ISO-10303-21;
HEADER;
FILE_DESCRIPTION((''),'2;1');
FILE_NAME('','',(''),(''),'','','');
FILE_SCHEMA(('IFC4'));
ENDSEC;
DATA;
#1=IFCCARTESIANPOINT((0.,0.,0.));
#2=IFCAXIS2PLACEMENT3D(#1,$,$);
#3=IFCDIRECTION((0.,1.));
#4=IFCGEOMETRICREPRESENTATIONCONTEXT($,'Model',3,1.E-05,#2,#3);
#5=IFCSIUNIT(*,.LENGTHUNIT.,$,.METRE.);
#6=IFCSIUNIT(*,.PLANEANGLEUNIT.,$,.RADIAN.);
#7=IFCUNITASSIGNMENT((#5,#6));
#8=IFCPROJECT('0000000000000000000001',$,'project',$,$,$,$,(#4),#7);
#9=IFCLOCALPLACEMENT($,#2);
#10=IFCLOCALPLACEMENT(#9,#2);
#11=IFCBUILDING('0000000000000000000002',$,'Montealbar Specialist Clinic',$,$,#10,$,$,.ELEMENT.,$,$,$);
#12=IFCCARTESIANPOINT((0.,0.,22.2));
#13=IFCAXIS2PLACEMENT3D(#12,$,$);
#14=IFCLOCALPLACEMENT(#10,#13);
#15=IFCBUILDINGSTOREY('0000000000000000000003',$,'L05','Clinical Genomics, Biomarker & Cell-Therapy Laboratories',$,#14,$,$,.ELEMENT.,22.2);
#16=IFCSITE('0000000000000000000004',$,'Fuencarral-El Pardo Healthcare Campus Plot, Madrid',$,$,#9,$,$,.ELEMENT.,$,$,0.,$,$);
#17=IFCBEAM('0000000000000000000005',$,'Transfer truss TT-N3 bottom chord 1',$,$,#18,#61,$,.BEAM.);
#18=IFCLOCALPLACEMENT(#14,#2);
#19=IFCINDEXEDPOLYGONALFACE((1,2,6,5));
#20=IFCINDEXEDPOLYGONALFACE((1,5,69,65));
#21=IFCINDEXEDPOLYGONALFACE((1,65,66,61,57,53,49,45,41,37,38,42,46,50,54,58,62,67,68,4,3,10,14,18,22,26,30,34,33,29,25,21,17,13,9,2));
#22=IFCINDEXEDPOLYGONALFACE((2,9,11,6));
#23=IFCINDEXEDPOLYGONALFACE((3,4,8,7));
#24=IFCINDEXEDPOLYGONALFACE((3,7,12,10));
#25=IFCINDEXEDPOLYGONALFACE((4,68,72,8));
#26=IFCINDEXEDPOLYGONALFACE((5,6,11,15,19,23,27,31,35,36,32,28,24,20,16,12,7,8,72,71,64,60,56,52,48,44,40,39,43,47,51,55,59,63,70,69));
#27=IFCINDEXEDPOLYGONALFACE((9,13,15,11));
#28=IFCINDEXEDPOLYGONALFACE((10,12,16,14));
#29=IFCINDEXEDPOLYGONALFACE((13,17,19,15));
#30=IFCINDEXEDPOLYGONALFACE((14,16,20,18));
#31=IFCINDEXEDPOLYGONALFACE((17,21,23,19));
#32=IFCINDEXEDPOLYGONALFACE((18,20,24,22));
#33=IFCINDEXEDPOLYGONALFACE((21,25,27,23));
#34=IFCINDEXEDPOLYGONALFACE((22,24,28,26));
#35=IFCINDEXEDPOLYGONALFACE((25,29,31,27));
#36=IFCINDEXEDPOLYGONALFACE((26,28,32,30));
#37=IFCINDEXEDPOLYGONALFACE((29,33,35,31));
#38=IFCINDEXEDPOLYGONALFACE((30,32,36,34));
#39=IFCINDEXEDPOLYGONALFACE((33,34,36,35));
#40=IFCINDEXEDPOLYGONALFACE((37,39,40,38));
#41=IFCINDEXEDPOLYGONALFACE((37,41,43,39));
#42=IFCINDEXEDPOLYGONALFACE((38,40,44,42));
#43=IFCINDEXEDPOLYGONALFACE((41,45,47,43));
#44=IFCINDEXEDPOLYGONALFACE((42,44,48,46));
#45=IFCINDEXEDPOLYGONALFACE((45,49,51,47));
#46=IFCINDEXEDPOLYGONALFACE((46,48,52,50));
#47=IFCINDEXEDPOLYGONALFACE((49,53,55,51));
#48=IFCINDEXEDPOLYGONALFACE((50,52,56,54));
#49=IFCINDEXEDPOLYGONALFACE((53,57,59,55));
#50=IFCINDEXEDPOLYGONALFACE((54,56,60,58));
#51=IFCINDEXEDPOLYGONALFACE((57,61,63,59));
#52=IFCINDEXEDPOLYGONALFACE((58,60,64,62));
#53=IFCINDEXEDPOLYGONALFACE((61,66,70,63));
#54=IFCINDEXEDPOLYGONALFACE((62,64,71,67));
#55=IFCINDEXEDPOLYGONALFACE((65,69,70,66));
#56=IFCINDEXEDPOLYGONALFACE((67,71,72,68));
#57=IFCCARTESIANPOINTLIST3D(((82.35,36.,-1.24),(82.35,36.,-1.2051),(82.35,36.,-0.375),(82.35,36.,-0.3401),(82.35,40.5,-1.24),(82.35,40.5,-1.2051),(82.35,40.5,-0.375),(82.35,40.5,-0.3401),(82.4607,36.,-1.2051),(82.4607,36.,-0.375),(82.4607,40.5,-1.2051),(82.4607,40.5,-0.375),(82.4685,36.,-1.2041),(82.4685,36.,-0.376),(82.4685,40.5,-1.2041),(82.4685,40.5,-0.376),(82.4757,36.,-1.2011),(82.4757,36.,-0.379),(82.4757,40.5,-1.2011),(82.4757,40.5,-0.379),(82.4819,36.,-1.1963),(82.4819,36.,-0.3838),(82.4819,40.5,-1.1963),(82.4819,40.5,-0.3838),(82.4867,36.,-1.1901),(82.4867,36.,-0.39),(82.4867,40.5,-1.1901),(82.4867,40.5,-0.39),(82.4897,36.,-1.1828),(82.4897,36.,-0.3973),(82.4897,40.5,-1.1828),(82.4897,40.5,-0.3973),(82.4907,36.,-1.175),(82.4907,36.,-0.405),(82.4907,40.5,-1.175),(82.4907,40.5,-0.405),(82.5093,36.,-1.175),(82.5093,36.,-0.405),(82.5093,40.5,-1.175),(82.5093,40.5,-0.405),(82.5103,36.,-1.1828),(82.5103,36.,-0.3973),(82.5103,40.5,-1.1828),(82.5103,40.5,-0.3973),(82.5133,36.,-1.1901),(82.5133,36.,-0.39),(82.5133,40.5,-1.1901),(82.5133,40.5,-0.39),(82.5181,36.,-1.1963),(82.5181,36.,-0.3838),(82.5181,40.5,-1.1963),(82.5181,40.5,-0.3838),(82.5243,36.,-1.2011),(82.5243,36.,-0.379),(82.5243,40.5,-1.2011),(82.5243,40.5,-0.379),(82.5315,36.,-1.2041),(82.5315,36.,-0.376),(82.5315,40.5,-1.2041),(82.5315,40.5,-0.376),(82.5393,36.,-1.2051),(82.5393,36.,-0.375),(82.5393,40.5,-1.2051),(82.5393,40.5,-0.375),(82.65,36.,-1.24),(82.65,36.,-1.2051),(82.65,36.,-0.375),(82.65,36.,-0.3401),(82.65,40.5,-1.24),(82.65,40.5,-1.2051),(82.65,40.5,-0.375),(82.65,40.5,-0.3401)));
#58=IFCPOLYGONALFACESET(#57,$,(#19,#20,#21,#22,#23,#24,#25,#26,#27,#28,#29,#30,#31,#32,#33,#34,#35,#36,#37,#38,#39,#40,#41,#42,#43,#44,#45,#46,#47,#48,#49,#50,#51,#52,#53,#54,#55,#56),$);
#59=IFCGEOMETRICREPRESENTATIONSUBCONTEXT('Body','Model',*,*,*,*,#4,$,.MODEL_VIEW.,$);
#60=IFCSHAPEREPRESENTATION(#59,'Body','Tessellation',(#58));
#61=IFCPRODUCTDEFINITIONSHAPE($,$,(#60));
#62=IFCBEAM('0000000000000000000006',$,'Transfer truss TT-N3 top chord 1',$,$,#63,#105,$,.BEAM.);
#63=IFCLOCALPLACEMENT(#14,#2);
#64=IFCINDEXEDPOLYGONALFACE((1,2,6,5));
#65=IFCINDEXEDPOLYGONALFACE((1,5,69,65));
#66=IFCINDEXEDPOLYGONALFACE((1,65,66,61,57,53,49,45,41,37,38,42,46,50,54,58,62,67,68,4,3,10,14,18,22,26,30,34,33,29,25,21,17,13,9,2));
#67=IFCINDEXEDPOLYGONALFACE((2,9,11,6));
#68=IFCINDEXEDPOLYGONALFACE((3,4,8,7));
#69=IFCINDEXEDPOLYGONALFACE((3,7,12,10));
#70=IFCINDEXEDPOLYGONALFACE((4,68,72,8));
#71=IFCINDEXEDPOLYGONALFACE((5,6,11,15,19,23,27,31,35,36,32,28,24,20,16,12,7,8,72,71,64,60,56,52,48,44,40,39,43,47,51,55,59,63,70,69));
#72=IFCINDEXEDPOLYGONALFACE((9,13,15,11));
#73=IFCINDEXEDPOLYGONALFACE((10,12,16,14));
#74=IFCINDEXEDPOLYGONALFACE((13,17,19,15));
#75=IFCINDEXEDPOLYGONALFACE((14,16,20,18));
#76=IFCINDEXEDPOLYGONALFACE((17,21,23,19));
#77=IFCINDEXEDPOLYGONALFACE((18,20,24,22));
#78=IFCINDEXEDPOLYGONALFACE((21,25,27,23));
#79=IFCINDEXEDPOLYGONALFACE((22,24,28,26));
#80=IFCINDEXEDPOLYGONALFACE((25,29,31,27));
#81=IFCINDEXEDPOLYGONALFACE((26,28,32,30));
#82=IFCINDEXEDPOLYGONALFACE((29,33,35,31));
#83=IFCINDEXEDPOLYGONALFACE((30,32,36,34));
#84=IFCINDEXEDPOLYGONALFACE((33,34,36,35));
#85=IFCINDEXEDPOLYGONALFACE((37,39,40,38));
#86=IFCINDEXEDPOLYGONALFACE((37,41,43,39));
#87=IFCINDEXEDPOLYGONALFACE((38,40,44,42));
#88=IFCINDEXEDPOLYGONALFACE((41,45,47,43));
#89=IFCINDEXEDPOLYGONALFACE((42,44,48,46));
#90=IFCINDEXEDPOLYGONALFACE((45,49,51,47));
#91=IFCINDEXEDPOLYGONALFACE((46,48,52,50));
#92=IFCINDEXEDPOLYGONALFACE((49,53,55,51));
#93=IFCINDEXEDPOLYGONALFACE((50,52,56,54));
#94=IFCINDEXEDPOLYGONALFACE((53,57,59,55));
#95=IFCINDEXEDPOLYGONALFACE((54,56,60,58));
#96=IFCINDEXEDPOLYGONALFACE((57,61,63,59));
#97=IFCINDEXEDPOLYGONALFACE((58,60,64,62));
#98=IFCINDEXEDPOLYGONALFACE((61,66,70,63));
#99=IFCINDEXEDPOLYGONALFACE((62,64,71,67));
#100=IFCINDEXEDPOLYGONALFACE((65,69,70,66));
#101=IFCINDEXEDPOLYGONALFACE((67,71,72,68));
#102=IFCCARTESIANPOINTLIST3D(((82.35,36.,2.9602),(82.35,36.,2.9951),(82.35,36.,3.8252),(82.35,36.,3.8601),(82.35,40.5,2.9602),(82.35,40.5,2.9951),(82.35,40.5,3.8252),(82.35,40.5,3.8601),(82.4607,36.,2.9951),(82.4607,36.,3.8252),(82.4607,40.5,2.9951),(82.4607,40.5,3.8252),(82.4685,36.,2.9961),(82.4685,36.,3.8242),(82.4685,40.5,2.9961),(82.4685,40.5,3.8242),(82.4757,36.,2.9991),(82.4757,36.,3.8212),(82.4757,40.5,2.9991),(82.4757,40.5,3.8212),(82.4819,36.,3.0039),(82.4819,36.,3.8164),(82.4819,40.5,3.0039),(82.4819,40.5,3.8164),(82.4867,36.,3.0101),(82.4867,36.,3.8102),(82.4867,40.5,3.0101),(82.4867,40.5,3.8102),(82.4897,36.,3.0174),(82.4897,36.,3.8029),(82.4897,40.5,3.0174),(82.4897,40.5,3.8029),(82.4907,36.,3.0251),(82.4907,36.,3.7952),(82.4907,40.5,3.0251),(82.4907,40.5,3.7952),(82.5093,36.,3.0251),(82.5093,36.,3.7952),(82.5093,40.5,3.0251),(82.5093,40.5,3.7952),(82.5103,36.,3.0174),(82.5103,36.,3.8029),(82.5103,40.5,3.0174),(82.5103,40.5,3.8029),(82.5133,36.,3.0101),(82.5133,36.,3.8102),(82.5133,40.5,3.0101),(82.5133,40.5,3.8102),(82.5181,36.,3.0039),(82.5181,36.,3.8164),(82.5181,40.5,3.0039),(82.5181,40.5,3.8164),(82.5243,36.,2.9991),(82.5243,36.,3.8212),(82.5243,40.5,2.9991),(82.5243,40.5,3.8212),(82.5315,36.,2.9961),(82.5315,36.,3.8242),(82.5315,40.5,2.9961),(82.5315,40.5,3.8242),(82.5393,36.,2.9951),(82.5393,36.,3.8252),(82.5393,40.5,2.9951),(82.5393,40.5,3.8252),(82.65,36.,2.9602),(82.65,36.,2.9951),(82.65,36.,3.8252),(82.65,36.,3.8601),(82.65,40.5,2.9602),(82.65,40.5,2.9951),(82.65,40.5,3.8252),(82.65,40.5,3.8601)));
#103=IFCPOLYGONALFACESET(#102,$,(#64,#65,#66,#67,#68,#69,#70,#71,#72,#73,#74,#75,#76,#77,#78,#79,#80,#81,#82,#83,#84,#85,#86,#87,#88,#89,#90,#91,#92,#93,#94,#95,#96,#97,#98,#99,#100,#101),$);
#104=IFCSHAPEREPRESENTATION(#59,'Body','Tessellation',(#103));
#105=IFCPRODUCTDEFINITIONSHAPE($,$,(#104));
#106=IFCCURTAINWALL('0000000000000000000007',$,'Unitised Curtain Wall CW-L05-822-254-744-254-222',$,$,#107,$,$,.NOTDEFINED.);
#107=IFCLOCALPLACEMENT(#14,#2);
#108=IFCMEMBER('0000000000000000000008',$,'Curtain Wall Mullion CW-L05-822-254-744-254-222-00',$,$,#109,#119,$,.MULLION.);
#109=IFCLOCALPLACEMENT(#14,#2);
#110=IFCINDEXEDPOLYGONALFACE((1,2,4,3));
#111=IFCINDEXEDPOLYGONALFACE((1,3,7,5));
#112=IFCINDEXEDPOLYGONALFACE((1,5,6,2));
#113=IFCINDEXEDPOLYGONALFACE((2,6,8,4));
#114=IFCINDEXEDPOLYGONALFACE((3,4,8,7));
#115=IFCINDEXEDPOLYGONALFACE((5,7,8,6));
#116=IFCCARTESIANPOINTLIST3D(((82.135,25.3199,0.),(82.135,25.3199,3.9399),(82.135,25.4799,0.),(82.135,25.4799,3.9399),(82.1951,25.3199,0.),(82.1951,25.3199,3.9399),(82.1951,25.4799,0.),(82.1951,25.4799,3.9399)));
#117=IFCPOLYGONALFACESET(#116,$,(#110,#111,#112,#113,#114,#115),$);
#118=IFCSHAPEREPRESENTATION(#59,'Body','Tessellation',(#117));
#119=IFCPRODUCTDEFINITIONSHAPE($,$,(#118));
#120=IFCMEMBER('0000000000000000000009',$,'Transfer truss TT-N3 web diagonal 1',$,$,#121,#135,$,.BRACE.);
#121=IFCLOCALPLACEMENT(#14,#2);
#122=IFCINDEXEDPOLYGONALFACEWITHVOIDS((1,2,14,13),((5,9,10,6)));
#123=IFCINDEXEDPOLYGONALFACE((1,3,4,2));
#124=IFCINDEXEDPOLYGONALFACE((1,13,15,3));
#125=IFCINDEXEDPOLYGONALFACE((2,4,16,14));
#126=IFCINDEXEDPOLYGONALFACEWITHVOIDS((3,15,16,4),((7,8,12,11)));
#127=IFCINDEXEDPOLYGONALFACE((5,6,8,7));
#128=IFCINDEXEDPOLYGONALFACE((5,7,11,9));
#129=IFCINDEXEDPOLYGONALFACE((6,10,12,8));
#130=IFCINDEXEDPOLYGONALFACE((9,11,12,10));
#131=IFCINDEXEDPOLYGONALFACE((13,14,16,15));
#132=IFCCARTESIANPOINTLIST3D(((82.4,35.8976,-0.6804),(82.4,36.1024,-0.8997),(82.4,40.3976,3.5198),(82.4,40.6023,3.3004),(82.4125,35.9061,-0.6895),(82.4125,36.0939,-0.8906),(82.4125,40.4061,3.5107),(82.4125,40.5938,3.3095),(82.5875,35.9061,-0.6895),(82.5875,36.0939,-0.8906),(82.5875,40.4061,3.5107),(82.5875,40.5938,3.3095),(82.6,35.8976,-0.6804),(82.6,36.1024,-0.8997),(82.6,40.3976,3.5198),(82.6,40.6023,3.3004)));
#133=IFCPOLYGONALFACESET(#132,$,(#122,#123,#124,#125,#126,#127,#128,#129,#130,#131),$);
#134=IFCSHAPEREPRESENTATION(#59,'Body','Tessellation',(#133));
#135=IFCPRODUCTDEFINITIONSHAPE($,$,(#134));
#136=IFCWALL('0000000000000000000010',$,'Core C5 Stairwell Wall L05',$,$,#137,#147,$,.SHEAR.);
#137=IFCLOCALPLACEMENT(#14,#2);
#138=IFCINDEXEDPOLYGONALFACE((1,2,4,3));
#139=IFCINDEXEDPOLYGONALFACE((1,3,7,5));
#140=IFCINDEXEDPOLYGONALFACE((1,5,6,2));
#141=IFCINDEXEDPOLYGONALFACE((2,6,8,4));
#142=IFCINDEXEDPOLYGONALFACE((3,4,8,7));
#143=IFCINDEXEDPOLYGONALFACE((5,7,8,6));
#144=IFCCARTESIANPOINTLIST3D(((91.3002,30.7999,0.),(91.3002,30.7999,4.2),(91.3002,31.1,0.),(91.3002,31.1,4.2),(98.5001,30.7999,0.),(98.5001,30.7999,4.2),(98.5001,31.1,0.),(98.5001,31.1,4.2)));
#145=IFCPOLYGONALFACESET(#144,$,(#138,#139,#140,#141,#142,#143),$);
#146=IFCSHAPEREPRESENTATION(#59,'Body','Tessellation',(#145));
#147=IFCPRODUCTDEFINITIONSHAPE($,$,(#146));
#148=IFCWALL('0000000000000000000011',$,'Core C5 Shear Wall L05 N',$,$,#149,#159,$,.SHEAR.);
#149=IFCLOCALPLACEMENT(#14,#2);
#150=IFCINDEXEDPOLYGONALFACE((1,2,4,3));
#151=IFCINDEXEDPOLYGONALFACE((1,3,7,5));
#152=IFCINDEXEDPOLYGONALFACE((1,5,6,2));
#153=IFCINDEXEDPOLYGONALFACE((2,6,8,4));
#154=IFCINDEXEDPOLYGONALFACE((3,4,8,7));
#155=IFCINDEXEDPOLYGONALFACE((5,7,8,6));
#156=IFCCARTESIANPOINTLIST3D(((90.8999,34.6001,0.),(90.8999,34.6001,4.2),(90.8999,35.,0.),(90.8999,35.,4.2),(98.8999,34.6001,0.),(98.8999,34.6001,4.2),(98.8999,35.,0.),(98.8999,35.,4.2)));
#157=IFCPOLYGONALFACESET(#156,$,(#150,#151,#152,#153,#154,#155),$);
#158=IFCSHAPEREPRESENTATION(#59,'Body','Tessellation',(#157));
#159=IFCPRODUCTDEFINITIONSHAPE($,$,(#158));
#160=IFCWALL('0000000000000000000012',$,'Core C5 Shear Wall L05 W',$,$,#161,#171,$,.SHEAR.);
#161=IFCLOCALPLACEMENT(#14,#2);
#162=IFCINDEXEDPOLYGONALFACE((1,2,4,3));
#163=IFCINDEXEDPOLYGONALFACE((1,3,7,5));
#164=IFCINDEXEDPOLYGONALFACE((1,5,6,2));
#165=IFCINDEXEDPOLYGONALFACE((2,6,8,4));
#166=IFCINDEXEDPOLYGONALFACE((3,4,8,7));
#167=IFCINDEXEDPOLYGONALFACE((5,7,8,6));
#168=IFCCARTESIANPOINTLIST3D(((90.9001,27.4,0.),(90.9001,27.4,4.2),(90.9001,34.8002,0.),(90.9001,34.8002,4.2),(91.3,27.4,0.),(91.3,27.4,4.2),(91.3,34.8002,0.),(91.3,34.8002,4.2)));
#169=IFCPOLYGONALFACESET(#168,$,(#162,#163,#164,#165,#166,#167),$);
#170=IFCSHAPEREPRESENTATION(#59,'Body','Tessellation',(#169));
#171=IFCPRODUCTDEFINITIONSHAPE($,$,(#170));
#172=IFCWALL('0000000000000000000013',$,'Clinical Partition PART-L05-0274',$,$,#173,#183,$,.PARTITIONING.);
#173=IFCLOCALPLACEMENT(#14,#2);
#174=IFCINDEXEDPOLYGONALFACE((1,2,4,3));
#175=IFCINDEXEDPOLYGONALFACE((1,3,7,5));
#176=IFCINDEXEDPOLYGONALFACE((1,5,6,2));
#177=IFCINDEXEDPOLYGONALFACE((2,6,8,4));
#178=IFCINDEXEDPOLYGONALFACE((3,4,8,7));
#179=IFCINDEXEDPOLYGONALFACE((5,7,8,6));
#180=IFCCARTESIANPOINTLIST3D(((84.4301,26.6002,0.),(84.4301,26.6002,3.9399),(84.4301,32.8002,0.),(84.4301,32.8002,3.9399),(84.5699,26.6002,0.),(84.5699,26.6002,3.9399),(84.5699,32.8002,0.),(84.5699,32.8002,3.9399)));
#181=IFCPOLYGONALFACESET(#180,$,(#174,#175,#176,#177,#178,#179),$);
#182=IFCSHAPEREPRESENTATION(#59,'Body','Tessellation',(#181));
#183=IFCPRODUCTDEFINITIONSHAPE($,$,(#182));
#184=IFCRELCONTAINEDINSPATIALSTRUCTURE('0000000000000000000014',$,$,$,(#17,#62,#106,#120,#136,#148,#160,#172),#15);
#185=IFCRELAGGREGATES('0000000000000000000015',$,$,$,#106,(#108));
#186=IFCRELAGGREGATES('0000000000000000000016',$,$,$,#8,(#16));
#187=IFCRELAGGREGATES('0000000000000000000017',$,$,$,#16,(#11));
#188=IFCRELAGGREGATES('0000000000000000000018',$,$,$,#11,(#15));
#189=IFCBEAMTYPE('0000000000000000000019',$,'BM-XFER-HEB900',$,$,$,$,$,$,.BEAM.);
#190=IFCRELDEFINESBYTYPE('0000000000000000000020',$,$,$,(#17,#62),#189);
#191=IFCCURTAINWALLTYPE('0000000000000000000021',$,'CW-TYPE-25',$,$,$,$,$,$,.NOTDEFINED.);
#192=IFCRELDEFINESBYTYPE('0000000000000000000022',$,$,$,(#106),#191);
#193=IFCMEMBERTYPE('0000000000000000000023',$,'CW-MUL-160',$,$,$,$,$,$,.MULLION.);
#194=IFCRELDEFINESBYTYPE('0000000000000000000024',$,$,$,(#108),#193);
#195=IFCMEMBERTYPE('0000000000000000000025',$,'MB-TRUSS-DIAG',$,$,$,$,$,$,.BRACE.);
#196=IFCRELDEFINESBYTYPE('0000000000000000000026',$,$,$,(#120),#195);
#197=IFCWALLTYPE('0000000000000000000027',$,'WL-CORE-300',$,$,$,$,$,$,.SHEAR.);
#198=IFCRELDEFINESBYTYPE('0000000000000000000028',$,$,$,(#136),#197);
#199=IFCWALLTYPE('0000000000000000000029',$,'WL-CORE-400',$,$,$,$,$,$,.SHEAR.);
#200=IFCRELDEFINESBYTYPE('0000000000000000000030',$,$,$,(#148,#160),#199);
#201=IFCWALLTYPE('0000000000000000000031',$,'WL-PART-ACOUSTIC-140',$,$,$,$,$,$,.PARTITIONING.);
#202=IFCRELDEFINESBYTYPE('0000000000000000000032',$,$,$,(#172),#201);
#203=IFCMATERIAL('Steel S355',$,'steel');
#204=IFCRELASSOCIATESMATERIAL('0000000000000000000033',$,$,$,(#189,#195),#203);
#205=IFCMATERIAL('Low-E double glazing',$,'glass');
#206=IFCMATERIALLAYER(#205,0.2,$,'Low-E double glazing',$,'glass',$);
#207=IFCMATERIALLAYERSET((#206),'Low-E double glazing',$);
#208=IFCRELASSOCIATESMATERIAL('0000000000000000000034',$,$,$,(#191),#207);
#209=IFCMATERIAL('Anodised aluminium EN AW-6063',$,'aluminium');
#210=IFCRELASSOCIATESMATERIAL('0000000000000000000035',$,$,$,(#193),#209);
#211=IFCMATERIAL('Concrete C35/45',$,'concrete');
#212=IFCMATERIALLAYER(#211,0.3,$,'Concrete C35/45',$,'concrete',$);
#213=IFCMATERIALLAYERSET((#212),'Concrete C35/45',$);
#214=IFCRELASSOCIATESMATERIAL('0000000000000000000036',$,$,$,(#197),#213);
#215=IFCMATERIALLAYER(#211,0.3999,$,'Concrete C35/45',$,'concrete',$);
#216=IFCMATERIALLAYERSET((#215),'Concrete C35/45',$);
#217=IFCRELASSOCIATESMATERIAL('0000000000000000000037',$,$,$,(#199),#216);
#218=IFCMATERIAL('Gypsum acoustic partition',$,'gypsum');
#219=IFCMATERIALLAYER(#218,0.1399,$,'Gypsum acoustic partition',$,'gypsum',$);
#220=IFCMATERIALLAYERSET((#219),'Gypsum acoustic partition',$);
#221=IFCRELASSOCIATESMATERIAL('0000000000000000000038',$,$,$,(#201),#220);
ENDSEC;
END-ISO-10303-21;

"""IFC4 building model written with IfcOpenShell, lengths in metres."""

from ifc_helpers import new_model, si_unit, direction, frame, frame_2d, origin, origin_2d, place, context, subcontext, project, spatial, rectangle, hollow_rectangle, i_section, extrude, material, layer, layer_set, material_profile, profile_set, type_object, element, aggregate, save


model = new_model("IFC4")

# Units and contexts
model_context = context("Model", 3, precision=1e-05, world=origin(), true_north=direction((0.0, 1.0)))
body_context = subcontext(model_context, "Body", "Model", "MODEL_VIEW")
ifc_project = project(units=[si_unit("LENGTHUNIT", "METRE"), si_unit("PLANEANGLEUNIT", "RADIAN")], contexts=[model_context])

# Site, building, storey
site_placement = place(None, origin())
site = spatial("IfcSite", under=ifc_project, at=site_placement, Name="Fuencarral-El Pardo Healthcare Campus Plot, Madrid", CompositionType="ELEMENT", RefElevation=0.0)
building_placement = place(site_placement, origin())
building = spatial("IfcBuilding", under=site, at=building_placement, Name="Montealbar Specialist Clinic", CompositionType="ELEMENT")
storey_placement = place(building_placement, frame((0.0, 0.0, 22.2)))
storey = spatial("IfcBuildingStorey", under=building, at=storey_placement, Name="L05", Description="Clinical Genomics, Biomarker & Cell-Therapy Laboratories", CompositionType="ELEMENT", Elevation=22.2)

# Shared definitions
ifc_material_1 = material(Name="Steel S355", Category="steel")

# Beams
ifc_material_profile_1 = material_profile(ifc_material_1, i_section(OverallWidth=0.3, OverallDepth=0.8999, WebThickness=0.0186, FlangeThickness=0.0349, FilletRadius=0.03, at=origin_2d()), Name="HEB 900", Category="steel")
ifc_profile_set_1 = profile_set([ifc_material_profile_1], Name="Steel S355")
beam_type_1 = type_object("IfcBeamType", Name="BM-XFER-HEB900", PredefinedType="BEAM", material=ifc_profile_set_1)
for number, where, z_axis, x_axis, name in (
    (1, (82.5, 36.0, -0.79), (0.0, 1.0, 0.0), (-1.0, 0.0, 0.0), "Transfer truss TT-N3 bottom chord 1"),
    (2, (82.5, 36.0, 3.4102), (0.0, 1.0, 0.0), (-1.0, 0.0, 0.0), "Transfer truss TT-N3 top chord 1"),
):
    element("IfcBeam", number, at=place(storey_placement, frame(where, z_axis=z_axis, x_axis=x_axis)), inside=storey, type_object=beam_type_1, Name=name, PredefinedType="BEAM", context=body_context, shape_type="SweptSolid", body=[
        extrude(i_section(OverallWidth=0.3, OverallDepth=0.8999, WebThickness=0.0186, FlangeThickness=0.0349, FilletRadius=0.03, at=origin_2d()), origin(), (0.0, 0.0, 1.0), 4.5),
    ])

# Curtain wall, member
ifc_material_2 = material(Name="Low-E double glazing", Category="glass")
ifc_layer_1 = layer(ifc_material_2, 0.2, Name="Low-E double glazing", Category="glass")
ifc_layer_set_1 = layer_set([ifc_layer_1], Name="Low-E double glazing")
curtain_wall_type = type_object("IfcCurtainWallType", Name="CW-TYPE-25", PredefinedType="NOTDEFINED", material=ifc_layer_set_1)
curtain_wall_placement = place(storey_placement, origin())
curtain_wall = element("IfcCurtainWall", 3, at=curtain_wall_placement, inside=storey, type_object=curtain_wall_type, Name="Unitised Curtain Wall CW-L05-822-254-744-254-222", PredefinedType="NOTDEFINED")
ifc_material_3 = material(Name="Anodised aluminium EN AW-6063", Category="aluminium")
ifc_material_profile_2 = material_profile(ifc_material_3, rectangle(XDim=0.0601, YDim=0.1599, at=origin_2d()), Name="ALU 60x160", Category="aluminium")
ifc_profile_set_2 = profile_set([ifc_material_profile_2], Name="Anodised aluminium EN AW-6063")
member_type_1 = type_object("IfcMemberType", Name="CW-MUL-160", PredefinedType="MULLION", material=ifc_profile_set_2)
member_1_placement = place(storey_placement, frame((82.165, 25.3999, 0.0), z_axis=(0.0, 0.0, 1.0), x_axis=(-1.0, 0.0, 0.0)))
member_1 = element("IfcMember", 4, at=member_1_placement, type_object=member_type_1, Name="Curtain Wall Mullion CW-L05-822-254-744-254-222-00", PredefinedType="MULLION", context=body_context, shape_type="SweptSolid", body=[
    extrude(rectangle(XDim=0.0601, YDim=0.1599, at=origin_2d()), origin(), (0.0, 0.0, 1.0), 3.9399),
])
aggregate(curtain_wall, [member_1])

# Member
ifc_material_profile_3 = material_profile(ifc_material_1, hollow_rectangle(XDim=0.2, YDim=0.3, WallThickness=0.0125, at=origin_2d()), Name="RHS 300x200x12.5", Category="steel")
ifc_profile_set_3 = profile_set([ifc_material_profile_3], Name="Steel S355")
member_type_2 = type_object("IfcMemberType", Name="MB-TRUSS-DIAG", PredefinedType="BRACE", material=ifc_profile_set_3)
member_2_placement = place(storey_placement, frame((82.5, 36.0, -0.79), z_axis=(0.0, 0.731039, 0.682335), x_axis=(-1.0, 0.0, 0.0)))
element("IfcMember", 5, at=member_2_placement, inside=storey, type_object=member_type_2, Name="Transfer truss TT-N3 web diagonal 1", PredefinedType="BRACE", context=body_context, shape_type="SweptSolid", body=[
    extrude(hollow_rectangle(XDim=0.2, YDim=0.3, WallThickness=0.0125, at=origin_2d()), origin(), (0.0, 0.0, 1.0), 6.1555),
])

# Wall
ifc_material_4 = material(Name="Concrete C35/45", Category="concrete")
ifc_layer_2 = layer(ifc_material_4, 0.3, Name="Concrete C35/45", Category="concrete")
ifc_layer_set_2 = layer_set([ifc_layer_2], Name="Concrete C35/45")
wall_type_1 = type_object("IfcWallType", Name="WL-CORE-300", PredefinedType="SHEAR", material=ifc_layer_set_2)
wall_1_placement = place(storey_placement, frame((91.3, 30.95, 0.0), z_axis=(0.0, 0.0, 1.0), x_axis=(1.0, 0.0, 0.0)))
element("IfcWall", 6, at=wall_1_placement, inside=storey, type_object=wall_type_1, Name="Core C5 Stairwell Wall L05", PredefinedType="SHEAR", context=body_context, shape_type="SweptSolid", body=[
    extrude(rectangle(XDim=7.2, YDim=0.3, at=frame_2d((3.6001, 0.0))), origin(), (0.0, 0.0, 1.0), 4.2),
])

# Shared definitions
ifc_layer_3 = layer(ifc_material_4, 0.3999, Name="Concrete C35/45", Category="concrete")
ifc_layer_set_3 = layer_set([ifc_layer_3], Name="Concrete C35/45")
wall_type_2 = type_object("IfcWallType", Name="WL-CORE-400", PredefinedType="SHEAR", material=ifc_layer_set_3)

# Walls
wall_2_placement = place(storey_placement, frame((90.8999, 34.8, 0.0), z_axis=(0.0, 0.0, 1.0), x_axis=(1.0, 0.0, 0.0)))
element("IfcWall", 7, at=wall_2_placement, inside=storey, type_object=wall_type_2, Name="Core C5 Shear Wall L05 N", PredefinedType="SHEAR", context=body_context, shape_type="SweptSolid", body=[
    extrude(rectangle(XDim=8.0, YDim=0.3999, at=frame_2d((4.0, 0.0))), origin(), (0.0, 0.0, 1.0), 4.2),
])
wall_3_placement = place(storey_placement, frame((91.1001, 27.3999, 0.0), z_axis=(0.0, 0.0, 1.0), x_axis=(0.0, 1.0, 0.0)))
element("IfcWall", 8, at=wall_3_placement, inside=storey, type_object=wall_type_2, Name="Core C5 Shear Wall L05 W", PredefinedType="SHEAR", context=body_context, shape_type="SweptSolid", body=[
    extrude(rectangle(XDim=7.4001, YDim=0.3999, at=frame_2d((3.7002, 0.0))), origin(), (0.0, 0.0, 1.0), 4.2),
])
ifc_material_5 = material(Name="Gypsum acoustic partition", Category="gypsum")
ifc_layer_4 = layer(ifc_material_5, 0.1399, Name="Gypsum acoustic partition", Category="gypsum")
ifc_layer_set_4 = layer_set([ifc_layer_4], Name="Gypsum acoustic partition")
wall_type_3 = type_object("IfcWallType", Name="WL-PART-ACOUSTIC-140", PredefinedType="PARTITIONING", material=ifc_layer_set_4)
wall_4_placement = place(storey_placement, frame((84.5, 26.6001, 0.0), z_axis=(0.0, 0.0, 1.0), x_axis=(0.0, 1.0, 0.0)))
element("IfcWall", 9, at=wall_4_placement, inside=storey, type_object=wall_type_3, Name="Clinical Partition PART-L05-0274", PredefinedType="PARTITIONING", context=body_context, shape_type="SweptSolid", body=[
    extrude(rectangle(XDim=6.2, YDim=0.1399, at=frame_2d((3.1001, 0.0))), origin(), (0.0, 0.0, 1.0), 3.9399),
])

save(model, "model.ifc")
